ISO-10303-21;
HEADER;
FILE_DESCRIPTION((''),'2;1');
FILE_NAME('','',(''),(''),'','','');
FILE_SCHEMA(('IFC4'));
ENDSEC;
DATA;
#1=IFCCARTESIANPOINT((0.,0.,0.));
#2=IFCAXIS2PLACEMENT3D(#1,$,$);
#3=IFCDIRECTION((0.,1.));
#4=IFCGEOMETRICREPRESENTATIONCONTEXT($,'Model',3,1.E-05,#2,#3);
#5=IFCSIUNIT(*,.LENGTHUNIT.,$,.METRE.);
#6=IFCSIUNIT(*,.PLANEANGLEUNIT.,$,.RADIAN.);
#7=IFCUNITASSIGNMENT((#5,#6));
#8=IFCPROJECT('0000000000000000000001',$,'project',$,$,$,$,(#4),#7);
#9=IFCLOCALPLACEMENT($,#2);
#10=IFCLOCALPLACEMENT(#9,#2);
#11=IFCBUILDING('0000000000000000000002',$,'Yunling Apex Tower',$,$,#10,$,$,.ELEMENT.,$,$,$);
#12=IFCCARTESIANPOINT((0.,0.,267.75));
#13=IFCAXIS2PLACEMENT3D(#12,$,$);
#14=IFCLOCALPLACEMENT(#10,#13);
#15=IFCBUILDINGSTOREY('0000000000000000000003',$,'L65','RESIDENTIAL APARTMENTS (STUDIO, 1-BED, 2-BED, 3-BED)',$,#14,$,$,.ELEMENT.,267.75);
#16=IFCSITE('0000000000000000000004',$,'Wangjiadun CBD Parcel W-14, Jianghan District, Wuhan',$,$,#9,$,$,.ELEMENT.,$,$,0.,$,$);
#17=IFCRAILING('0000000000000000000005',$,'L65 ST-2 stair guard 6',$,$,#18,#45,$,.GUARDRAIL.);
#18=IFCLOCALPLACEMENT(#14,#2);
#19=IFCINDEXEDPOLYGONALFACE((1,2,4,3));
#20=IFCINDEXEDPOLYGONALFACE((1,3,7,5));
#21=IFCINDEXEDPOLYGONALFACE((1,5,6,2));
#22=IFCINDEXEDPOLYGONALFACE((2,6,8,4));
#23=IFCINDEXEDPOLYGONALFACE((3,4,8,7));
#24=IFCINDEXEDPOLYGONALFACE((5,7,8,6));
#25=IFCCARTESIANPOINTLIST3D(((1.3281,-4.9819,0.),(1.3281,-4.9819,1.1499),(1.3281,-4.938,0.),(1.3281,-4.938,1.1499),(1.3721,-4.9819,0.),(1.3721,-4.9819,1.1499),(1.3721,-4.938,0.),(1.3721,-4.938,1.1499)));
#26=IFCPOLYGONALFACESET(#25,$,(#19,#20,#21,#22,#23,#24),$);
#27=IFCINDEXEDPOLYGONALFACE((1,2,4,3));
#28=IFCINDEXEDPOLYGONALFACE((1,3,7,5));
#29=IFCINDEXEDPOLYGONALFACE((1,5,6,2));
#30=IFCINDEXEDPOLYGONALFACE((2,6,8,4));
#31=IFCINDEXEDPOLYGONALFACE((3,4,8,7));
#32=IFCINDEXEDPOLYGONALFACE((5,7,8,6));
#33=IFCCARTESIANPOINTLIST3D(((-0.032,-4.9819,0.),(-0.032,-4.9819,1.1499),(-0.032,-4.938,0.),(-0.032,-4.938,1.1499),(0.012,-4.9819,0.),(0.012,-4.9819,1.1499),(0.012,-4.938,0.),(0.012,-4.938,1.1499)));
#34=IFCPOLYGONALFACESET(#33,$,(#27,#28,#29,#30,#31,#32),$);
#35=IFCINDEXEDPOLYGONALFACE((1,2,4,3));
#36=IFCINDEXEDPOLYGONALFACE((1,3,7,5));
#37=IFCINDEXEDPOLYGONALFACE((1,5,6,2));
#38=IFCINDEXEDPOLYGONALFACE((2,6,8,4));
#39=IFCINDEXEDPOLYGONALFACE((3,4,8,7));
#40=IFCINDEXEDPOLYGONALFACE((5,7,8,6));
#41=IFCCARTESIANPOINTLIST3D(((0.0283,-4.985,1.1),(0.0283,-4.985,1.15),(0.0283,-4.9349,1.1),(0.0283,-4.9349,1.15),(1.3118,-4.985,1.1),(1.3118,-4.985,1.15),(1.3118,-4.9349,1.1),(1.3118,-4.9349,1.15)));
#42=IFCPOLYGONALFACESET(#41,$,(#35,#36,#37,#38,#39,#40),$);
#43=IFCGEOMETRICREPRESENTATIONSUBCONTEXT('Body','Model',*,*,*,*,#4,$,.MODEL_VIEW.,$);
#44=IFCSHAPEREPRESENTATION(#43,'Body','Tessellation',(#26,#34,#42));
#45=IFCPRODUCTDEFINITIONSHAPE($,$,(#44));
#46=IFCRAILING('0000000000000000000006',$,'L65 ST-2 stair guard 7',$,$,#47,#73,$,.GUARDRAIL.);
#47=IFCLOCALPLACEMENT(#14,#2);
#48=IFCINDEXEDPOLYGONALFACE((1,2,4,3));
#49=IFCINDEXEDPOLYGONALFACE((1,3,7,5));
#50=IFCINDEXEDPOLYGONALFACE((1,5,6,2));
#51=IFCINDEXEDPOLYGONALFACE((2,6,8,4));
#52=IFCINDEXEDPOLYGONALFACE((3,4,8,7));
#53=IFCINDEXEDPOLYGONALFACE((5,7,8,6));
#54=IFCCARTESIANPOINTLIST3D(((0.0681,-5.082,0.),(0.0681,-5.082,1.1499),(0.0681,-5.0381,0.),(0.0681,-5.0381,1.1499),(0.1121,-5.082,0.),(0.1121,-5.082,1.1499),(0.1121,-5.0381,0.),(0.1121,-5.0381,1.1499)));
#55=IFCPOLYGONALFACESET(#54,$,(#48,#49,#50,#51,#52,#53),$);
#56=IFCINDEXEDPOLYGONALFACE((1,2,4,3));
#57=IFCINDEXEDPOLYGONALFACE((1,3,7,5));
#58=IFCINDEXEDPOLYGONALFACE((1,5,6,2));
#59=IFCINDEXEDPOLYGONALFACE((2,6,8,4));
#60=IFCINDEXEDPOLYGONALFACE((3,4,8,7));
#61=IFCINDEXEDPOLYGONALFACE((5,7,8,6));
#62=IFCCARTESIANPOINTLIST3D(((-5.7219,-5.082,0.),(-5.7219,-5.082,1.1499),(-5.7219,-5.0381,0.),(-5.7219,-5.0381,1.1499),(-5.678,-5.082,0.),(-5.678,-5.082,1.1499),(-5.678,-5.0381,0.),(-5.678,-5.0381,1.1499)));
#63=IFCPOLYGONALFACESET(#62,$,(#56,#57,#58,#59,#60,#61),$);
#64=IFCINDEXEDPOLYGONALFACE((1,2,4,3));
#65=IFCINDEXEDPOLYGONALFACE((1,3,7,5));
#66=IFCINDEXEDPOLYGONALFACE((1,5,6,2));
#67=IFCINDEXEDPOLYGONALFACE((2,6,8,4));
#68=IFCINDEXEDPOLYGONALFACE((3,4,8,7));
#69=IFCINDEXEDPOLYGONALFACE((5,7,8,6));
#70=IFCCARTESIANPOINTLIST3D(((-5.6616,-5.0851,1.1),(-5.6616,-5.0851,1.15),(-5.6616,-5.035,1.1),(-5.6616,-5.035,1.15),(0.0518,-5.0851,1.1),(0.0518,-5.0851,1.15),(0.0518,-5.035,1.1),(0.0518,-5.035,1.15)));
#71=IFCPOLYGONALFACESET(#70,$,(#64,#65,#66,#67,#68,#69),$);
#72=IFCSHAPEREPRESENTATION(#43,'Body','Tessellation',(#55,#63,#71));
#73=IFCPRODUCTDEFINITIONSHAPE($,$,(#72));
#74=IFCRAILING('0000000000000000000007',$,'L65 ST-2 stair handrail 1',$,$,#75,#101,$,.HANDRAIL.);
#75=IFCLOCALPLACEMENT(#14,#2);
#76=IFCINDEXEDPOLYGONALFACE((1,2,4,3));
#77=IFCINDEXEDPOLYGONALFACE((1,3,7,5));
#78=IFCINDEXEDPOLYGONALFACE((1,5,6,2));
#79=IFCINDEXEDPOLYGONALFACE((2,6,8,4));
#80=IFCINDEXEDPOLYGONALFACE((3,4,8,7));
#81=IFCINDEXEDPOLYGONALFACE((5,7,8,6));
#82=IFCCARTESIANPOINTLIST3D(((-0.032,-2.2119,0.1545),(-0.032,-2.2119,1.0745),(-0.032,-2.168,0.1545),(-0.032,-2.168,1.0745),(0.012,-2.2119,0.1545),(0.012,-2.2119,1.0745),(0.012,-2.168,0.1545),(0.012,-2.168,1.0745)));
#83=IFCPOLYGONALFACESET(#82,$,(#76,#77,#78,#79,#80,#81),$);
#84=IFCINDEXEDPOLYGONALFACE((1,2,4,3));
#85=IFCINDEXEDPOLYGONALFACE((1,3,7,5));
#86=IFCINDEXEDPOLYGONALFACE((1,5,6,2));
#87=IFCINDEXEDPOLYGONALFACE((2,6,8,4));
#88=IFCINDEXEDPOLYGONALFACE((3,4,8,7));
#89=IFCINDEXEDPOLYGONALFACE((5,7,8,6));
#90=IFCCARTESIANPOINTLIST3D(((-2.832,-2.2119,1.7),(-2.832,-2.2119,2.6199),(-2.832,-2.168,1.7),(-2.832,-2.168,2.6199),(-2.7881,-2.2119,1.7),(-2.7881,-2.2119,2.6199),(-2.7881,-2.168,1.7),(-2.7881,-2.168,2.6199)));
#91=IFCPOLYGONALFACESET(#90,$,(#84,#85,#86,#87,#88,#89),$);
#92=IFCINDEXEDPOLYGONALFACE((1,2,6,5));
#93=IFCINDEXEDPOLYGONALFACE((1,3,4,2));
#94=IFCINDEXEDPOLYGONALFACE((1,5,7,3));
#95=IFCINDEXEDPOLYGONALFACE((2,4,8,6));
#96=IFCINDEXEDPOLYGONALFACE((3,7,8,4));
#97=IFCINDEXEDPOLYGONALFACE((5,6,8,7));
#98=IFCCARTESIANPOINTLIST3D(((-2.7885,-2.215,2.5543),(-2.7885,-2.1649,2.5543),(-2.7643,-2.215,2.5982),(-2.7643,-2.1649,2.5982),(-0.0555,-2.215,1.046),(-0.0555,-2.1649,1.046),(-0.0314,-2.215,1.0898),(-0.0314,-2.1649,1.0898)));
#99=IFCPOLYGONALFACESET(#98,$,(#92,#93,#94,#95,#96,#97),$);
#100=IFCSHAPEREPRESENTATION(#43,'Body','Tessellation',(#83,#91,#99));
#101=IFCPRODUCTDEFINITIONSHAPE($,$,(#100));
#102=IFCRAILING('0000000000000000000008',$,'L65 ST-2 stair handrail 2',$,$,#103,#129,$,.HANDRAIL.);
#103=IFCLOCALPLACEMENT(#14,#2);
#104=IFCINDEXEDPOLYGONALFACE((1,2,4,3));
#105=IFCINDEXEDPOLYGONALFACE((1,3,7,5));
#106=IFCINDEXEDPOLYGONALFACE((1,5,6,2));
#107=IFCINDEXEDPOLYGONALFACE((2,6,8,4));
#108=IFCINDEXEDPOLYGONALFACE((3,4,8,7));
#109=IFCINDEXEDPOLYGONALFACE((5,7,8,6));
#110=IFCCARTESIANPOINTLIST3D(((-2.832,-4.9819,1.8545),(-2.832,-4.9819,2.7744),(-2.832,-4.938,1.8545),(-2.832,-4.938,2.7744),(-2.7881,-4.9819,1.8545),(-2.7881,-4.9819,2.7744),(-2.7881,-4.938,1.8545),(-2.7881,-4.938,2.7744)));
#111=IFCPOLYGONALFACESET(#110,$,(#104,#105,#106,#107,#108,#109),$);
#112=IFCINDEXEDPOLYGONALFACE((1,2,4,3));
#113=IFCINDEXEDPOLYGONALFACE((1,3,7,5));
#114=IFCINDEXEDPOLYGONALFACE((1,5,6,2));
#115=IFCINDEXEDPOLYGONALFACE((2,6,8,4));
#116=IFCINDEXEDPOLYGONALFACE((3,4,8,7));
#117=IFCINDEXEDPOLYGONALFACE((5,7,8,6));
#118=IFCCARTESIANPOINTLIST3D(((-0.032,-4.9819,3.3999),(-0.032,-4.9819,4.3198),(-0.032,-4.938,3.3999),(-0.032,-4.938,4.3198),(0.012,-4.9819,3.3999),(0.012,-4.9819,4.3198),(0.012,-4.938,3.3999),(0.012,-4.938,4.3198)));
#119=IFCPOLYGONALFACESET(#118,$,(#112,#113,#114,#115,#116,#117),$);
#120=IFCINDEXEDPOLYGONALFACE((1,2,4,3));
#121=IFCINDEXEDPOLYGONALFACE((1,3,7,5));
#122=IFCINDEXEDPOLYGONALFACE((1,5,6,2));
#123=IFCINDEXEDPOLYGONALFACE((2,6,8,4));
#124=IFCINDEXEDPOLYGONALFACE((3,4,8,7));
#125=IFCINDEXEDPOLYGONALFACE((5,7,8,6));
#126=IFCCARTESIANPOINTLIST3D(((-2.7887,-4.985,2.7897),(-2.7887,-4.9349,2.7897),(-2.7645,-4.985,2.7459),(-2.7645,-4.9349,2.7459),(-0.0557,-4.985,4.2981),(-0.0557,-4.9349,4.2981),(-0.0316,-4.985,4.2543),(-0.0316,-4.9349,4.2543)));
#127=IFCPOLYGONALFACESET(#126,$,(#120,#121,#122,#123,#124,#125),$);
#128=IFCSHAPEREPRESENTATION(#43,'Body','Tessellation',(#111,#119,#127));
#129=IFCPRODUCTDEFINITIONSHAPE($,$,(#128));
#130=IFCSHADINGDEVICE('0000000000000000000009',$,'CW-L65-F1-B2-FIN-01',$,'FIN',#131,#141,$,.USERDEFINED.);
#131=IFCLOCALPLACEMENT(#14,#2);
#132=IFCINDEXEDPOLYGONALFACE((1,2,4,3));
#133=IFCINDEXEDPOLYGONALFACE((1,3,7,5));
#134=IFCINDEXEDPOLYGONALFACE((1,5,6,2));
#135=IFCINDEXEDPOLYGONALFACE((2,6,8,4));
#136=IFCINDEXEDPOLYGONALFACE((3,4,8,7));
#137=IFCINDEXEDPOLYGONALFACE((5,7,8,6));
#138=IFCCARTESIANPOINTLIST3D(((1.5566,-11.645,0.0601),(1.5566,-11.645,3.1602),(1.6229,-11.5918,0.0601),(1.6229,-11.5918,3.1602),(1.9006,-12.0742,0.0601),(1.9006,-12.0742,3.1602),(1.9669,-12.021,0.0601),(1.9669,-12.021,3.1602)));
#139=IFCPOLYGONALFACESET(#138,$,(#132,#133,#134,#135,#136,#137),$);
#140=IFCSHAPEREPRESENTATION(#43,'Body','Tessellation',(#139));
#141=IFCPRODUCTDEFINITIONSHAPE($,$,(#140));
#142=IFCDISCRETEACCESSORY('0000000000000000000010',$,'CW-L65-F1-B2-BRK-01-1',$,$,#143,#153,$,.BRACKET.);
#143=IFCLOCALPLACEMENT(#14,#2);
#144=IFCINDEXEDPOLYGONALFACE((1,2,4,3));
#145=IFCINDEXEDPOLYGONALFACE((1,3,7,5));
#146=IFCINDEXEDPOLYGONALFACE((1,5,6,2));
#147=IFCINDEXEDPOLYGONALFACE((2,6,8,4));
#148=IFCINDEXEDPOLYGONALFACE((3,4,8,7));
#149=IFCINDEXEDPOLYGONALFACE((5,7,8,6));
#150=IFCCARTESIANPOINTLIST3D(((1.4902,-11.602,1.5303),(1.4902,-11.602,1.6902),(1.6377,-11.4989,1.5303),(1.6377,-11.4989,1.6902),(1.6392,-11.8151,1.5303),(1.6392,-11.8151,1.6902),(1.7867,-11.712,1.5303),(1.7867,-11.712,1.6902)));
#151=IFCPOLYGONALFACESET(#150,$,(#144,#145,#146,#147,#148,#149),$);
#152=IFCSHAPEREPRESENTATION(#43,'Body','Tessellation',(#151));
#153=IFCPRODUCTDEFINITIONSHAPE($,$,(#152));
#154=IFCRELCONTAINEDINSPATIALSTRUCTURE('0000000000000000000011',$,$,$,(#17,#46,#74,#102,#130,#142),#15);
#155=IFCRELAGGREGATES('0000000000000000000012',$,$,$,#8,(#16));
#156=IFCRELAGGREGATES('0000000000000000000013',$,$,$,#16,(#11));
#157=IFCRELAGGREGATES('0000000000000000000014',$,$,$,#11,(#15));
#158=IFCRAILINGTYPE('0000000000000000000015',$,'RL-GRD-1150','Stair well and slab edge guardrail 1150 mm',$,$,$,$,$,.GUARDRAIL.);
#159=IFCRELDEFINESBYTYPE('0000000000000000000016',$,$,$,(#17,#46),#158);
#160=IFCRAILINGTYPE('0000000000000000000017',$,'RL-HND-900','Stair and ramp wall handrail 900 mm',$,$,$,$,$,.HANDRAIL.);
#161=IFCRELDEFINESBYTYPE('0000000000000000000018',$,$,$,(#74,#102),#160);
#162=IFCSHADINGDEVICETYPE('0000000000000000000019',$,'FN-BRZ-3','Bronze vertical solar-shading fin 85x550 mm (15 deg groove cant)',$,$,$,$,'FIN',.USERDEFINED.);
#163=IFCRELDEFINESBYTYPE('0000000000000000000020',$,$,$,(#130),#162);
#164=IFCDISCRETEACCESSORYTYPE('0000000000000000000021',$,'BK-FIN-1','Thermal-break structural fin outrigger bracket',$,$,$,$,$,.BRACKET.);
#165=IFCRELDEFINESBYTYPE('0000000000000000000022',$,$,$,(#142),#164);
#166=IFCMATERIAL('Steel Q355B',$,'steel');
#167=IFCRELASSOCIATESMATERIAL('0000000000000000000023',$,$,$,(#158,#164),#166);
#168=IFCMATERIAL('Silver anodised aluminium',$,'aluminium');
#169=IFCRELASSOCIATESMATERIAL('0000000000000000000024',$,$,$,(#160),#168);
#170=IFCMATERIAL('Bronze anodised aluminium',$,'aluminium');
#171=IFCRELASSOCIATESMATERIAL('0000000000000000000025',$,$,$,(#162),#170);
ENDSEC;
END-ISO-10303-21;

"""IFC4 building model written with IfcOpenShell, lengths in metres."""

from ifc_helpers import new_model, si_unit, direction, frame, origin, origin_2d, place, context, subcontext, project, spatial, rectangle, extrude, source, transform, mapped, material, material_profile, profile_set, type_object, element, save


model = new_model("IFC4")

# Units and contexts
model_context = context("Model", 3, precision=1e-05, world=origin(), true_north=direction((0.0, 1.0)))
body_context = subcontext(model_context, "Body", "Model", "MODEL_VIEW")
ifc_project = project(units=[si_unit("LENGTHUNIT", "METRE"), si_unit("PLANEANGLEUNIT", "RADIAN")], contexts=[model_context])

# Site, building, storey
site_placement = place(None, origin())
site = spatial("IfcSite", under=ifc_project, at=site_placement, Name="Wangjiadun CBD Parcel W-14, Jianghan District, Wuhan", CompositionType="ELEMENT", RefElevation=0.0)
building_placement = place(site_placement, origin())
building = spatial("IfcBuilding", under=site, at=building_placement, Name="Yunling Apex Tower", CompositionType="ELEMENT")
storey_placement = place(building_placement, frame((0.0, 0.0, 267.75)))
storey = spatial("IfcBuildingStorey", under=building, at=storey_placement, Name="L65", Description="RESIDENTIAL APARTMENTS (STUDIO, 1-BED, 2-BED, 3-BED)", CompositionType="ELEMENT", Elevation=267.75)

# Shared definitions
ifc_material_1 = material(Name="Steel Q355B", Category="steel")

# Shared definitions
ifc_material_2 = material(Name="Bronze anodised aluminium", Category="aluminium")

# Railings
railing_type_1 = type_object("IfcRailingType", Name="RL-GRD-1150", Description="Stair well and slab edge guardrail 1150 mm", PredefinedType="GUARDRAIL", material=ifc_material_1)
railing_1_placement = place(storey_placement, frame((1.3501, -4.96, 0.0)))
element("IfcRailing", 1, at=railing_1_placement, inside=storey, type_object=railing_type_1, Name="L65 ST-2 stair guard 6", PredefinedType="GUARDRAIL", context=body_context, shape_type="SweptSolid", body=[
    extrude(rectangle(XDim=0.0439, YDim=0.0439, at=origin_2d()), origin(), (0.0, 0.0, 1.0), 1.1499),
    extrude(rectangle(XDim=0.0439, YDim=0.0439, at=origin_2d()), frame((-1.3601, 0.0, 0.0)), (0.0, 0.0, 1.0), 1.1499),
    extrude(rectangle(XDim=0.05, YDim=0.05, at=origin_2d()), frame((-0.0383, 0.0, 1.125), z_axis=(-1.0, 0.0, 0.0), x_axis=(0.0, -1.0, 0.0)), (0.0, 0.0, 1.0), 1.2834),
])
railing_2_placement = place(storey_placement, frame((0.0901, -5.0601, 0.0)))
element("IfcRailing", 2, at=railing_2_placement, inside=storey, type_object=railing_type_1, Name="L65 ST-2 stair guard 7", PredefinedType="GUARDRAIL", context=body_context, shape_type="SweptSolid", body=[
    extrude(rectangle(XDim=0.0439, YDim=0.0439, at=origin_2d()), origin(), (0.0, 0.0, 1.0), 1.1499),
    extrude(rectangle(XDim=0.0439, YDim=0.0439, at=origin_2d()), frame((-5.79, 0.0, 0.0)), (0.0, 0.0, 1.0), 1.1499),
    extrude(rectangle(XDim=0.05, YDim=0.05, at=origin_2d()), frame((-0.0383, 0.0, 1.125), z_axis=(-1.0, 0.0, 0.0), x_axis=(0.0, -1.0, 0.0)), (0.0, 0.0, 1.0), 5.7134),
])
ifc_material_3 = material(Name="Silver anodised aluminium", Category="aluminium")
railing_type_2 = type_object("IfcRailingType", Name="RL-HND-900", Description="Stair and ramp wall handrail 900 mm", PredefinedType="HANDRAIL", material=ifc_material_3)
railing_3_placement = place(storey_placement, frame((-0.01, -2.1899, 0.1545)))
element("IfcRailing", 3, at=railing_3_placement, inside=storey, type_object=railing_type_2, Name="L65 ST-2 stair handrail 1", PredefinedType="HANDRAIL", context=body_context, shape_type="SweptSolid", body=[
    extrude(rectangle(XDim=0.0439, YDim=0.0439, at=origin_2d()), origin(), (0.0, 0.0, 1.0), 0.9199),
    extrude(rectangle(XDim=0.0439, YDim=0.0439, at=origin_2d()), frame((-2.8, 0.0, 1.5454)), (0.0, 0.0, 1.0), 0.9199),
    extrude(rectangle(XDim=0.05, YDim=0.05, at=origin_2d()), frame((-0.0334, 0.0, 0.9133), z_axis=(-0.875504, 0.0, 0.483211), x_axis=(0.0, -1.0, 0.0)), (0.0, 0.0, 1.0), 3.1216),
])
railing_4_placement = place(storey_placement, frame((-2.8101, -4.96, 1.8545)))
element("IfcRailing", 4, at=railing_4_placement, inside=storey, type_object=railing_type_2, Name="L65 ST-2 stair handrail 2", PredefinedType="HANDRAIL", context=body_context, shape_type="SweptSolid", body=[
    extrude(rectangle(XDim=0.0439, YDim=0.0439, at=origin_2d()), origin(), (0.0, 0.0, 1.0), 0.9199),
    extrude(rectangle(XDim=0.0439, YDim=0.0439, at=origin_2d()), frame((2.8, 0.0, 1.5454)), (0.0, 0.0, 1.0), 0.9199),
    extrude(rectangle(XDim=0.05, YDim=0.05, at=origin_2d()), frame((0.0334, 0.0, 0.9133), z_axis=(0.875504, 0.0, 0.483211), x_axis=(0.0, 1.0, 0.0)), (0.0, 0.0, 1.0), 3.1216),
])

# Shading device
ifc_material_profile_1 = material_profile(ifc_material_2, rectangle(XDim=0.085, YDim=0.55, at=origin_2d()))
ifc_profile_set_1 = profile_set([ifc_material_profile_1], Name="Bronze anodised aluminium")
shading_device_type = type_object("IfcShadingDeviceType", Name="FN-BRZ-3", Description="Bronze vertical solar-shading fin 85x550 mm (15 deg groove cant)", ElementType="FIN", PredefinedType="USERDEFINED", material=ifc_profile_set_1)
shared_shape_1 = source(origin(), body_context, "Body", "SweptSolid", [
    extrude(rectangle(XDim=0.085, YDim=0.55, at=origin_2d()), origin(), (0.0, 0.0, 1.0), 3.1001),
])
shading_device_placement = place(storey_placement, frame((1.7617, -11.833, 0.0601), z_axis=(0.0, 0.0, 1.0), x_axis=(0.780321, 0.625379, 0.0)))
element("IfcShadingDevice", 5, at=shading_device_placement, inside=storey, type_object=shading_device_type, Name="CW-L65-F1-B2-FIN-01", ObjectType="FIN", PredefinedType="USERDEFINED", context=body_context, shape_type="MappedRepresentation", body=[
    mapped(shared_shape_1, transform((0.0, 0.0, 0.0), scale=1.0)),
])

# Discrete accessory
discrete_accessory_type = type_object("IfcDiscreteAccessoryType", Name="BK-FIN-1", Description="Thermal-break structural fin outrigger bracket", PredefinedType="BRACKET", material=ifc_material_1)
shared_shape_2 = source(origin(), body_context, "Body", "SweptSolid", [
    extrude(rectangle(XDim=0.1799, YDim=0.26, at=origin_2d()), origin(), (0.0, 0.0, 1.0), 0.1599),
])
discrete_accessory_placement = place(storey_placement, frame((1.6384, -11.657, 1.5303), z_axis=(0.0, 0.0, 1.0), x_axis=(0.819552, 0.573004, 0.0)))
element("IfcDiscreteAccessory", 6, at=discrete_accessory_placement, inside=storey, type_object=discrete_accessory_type, Name="CW-L65-F1-B2-BRK-01-1", PredefinedType="BRACKET", context=body_context, shape_type="MappedRepresentation", body=[
    mapped(shared_shape_2, transform((0.0, 0.0, 0.0), scale=1.0)),
])

save(model, "model.ifc")
